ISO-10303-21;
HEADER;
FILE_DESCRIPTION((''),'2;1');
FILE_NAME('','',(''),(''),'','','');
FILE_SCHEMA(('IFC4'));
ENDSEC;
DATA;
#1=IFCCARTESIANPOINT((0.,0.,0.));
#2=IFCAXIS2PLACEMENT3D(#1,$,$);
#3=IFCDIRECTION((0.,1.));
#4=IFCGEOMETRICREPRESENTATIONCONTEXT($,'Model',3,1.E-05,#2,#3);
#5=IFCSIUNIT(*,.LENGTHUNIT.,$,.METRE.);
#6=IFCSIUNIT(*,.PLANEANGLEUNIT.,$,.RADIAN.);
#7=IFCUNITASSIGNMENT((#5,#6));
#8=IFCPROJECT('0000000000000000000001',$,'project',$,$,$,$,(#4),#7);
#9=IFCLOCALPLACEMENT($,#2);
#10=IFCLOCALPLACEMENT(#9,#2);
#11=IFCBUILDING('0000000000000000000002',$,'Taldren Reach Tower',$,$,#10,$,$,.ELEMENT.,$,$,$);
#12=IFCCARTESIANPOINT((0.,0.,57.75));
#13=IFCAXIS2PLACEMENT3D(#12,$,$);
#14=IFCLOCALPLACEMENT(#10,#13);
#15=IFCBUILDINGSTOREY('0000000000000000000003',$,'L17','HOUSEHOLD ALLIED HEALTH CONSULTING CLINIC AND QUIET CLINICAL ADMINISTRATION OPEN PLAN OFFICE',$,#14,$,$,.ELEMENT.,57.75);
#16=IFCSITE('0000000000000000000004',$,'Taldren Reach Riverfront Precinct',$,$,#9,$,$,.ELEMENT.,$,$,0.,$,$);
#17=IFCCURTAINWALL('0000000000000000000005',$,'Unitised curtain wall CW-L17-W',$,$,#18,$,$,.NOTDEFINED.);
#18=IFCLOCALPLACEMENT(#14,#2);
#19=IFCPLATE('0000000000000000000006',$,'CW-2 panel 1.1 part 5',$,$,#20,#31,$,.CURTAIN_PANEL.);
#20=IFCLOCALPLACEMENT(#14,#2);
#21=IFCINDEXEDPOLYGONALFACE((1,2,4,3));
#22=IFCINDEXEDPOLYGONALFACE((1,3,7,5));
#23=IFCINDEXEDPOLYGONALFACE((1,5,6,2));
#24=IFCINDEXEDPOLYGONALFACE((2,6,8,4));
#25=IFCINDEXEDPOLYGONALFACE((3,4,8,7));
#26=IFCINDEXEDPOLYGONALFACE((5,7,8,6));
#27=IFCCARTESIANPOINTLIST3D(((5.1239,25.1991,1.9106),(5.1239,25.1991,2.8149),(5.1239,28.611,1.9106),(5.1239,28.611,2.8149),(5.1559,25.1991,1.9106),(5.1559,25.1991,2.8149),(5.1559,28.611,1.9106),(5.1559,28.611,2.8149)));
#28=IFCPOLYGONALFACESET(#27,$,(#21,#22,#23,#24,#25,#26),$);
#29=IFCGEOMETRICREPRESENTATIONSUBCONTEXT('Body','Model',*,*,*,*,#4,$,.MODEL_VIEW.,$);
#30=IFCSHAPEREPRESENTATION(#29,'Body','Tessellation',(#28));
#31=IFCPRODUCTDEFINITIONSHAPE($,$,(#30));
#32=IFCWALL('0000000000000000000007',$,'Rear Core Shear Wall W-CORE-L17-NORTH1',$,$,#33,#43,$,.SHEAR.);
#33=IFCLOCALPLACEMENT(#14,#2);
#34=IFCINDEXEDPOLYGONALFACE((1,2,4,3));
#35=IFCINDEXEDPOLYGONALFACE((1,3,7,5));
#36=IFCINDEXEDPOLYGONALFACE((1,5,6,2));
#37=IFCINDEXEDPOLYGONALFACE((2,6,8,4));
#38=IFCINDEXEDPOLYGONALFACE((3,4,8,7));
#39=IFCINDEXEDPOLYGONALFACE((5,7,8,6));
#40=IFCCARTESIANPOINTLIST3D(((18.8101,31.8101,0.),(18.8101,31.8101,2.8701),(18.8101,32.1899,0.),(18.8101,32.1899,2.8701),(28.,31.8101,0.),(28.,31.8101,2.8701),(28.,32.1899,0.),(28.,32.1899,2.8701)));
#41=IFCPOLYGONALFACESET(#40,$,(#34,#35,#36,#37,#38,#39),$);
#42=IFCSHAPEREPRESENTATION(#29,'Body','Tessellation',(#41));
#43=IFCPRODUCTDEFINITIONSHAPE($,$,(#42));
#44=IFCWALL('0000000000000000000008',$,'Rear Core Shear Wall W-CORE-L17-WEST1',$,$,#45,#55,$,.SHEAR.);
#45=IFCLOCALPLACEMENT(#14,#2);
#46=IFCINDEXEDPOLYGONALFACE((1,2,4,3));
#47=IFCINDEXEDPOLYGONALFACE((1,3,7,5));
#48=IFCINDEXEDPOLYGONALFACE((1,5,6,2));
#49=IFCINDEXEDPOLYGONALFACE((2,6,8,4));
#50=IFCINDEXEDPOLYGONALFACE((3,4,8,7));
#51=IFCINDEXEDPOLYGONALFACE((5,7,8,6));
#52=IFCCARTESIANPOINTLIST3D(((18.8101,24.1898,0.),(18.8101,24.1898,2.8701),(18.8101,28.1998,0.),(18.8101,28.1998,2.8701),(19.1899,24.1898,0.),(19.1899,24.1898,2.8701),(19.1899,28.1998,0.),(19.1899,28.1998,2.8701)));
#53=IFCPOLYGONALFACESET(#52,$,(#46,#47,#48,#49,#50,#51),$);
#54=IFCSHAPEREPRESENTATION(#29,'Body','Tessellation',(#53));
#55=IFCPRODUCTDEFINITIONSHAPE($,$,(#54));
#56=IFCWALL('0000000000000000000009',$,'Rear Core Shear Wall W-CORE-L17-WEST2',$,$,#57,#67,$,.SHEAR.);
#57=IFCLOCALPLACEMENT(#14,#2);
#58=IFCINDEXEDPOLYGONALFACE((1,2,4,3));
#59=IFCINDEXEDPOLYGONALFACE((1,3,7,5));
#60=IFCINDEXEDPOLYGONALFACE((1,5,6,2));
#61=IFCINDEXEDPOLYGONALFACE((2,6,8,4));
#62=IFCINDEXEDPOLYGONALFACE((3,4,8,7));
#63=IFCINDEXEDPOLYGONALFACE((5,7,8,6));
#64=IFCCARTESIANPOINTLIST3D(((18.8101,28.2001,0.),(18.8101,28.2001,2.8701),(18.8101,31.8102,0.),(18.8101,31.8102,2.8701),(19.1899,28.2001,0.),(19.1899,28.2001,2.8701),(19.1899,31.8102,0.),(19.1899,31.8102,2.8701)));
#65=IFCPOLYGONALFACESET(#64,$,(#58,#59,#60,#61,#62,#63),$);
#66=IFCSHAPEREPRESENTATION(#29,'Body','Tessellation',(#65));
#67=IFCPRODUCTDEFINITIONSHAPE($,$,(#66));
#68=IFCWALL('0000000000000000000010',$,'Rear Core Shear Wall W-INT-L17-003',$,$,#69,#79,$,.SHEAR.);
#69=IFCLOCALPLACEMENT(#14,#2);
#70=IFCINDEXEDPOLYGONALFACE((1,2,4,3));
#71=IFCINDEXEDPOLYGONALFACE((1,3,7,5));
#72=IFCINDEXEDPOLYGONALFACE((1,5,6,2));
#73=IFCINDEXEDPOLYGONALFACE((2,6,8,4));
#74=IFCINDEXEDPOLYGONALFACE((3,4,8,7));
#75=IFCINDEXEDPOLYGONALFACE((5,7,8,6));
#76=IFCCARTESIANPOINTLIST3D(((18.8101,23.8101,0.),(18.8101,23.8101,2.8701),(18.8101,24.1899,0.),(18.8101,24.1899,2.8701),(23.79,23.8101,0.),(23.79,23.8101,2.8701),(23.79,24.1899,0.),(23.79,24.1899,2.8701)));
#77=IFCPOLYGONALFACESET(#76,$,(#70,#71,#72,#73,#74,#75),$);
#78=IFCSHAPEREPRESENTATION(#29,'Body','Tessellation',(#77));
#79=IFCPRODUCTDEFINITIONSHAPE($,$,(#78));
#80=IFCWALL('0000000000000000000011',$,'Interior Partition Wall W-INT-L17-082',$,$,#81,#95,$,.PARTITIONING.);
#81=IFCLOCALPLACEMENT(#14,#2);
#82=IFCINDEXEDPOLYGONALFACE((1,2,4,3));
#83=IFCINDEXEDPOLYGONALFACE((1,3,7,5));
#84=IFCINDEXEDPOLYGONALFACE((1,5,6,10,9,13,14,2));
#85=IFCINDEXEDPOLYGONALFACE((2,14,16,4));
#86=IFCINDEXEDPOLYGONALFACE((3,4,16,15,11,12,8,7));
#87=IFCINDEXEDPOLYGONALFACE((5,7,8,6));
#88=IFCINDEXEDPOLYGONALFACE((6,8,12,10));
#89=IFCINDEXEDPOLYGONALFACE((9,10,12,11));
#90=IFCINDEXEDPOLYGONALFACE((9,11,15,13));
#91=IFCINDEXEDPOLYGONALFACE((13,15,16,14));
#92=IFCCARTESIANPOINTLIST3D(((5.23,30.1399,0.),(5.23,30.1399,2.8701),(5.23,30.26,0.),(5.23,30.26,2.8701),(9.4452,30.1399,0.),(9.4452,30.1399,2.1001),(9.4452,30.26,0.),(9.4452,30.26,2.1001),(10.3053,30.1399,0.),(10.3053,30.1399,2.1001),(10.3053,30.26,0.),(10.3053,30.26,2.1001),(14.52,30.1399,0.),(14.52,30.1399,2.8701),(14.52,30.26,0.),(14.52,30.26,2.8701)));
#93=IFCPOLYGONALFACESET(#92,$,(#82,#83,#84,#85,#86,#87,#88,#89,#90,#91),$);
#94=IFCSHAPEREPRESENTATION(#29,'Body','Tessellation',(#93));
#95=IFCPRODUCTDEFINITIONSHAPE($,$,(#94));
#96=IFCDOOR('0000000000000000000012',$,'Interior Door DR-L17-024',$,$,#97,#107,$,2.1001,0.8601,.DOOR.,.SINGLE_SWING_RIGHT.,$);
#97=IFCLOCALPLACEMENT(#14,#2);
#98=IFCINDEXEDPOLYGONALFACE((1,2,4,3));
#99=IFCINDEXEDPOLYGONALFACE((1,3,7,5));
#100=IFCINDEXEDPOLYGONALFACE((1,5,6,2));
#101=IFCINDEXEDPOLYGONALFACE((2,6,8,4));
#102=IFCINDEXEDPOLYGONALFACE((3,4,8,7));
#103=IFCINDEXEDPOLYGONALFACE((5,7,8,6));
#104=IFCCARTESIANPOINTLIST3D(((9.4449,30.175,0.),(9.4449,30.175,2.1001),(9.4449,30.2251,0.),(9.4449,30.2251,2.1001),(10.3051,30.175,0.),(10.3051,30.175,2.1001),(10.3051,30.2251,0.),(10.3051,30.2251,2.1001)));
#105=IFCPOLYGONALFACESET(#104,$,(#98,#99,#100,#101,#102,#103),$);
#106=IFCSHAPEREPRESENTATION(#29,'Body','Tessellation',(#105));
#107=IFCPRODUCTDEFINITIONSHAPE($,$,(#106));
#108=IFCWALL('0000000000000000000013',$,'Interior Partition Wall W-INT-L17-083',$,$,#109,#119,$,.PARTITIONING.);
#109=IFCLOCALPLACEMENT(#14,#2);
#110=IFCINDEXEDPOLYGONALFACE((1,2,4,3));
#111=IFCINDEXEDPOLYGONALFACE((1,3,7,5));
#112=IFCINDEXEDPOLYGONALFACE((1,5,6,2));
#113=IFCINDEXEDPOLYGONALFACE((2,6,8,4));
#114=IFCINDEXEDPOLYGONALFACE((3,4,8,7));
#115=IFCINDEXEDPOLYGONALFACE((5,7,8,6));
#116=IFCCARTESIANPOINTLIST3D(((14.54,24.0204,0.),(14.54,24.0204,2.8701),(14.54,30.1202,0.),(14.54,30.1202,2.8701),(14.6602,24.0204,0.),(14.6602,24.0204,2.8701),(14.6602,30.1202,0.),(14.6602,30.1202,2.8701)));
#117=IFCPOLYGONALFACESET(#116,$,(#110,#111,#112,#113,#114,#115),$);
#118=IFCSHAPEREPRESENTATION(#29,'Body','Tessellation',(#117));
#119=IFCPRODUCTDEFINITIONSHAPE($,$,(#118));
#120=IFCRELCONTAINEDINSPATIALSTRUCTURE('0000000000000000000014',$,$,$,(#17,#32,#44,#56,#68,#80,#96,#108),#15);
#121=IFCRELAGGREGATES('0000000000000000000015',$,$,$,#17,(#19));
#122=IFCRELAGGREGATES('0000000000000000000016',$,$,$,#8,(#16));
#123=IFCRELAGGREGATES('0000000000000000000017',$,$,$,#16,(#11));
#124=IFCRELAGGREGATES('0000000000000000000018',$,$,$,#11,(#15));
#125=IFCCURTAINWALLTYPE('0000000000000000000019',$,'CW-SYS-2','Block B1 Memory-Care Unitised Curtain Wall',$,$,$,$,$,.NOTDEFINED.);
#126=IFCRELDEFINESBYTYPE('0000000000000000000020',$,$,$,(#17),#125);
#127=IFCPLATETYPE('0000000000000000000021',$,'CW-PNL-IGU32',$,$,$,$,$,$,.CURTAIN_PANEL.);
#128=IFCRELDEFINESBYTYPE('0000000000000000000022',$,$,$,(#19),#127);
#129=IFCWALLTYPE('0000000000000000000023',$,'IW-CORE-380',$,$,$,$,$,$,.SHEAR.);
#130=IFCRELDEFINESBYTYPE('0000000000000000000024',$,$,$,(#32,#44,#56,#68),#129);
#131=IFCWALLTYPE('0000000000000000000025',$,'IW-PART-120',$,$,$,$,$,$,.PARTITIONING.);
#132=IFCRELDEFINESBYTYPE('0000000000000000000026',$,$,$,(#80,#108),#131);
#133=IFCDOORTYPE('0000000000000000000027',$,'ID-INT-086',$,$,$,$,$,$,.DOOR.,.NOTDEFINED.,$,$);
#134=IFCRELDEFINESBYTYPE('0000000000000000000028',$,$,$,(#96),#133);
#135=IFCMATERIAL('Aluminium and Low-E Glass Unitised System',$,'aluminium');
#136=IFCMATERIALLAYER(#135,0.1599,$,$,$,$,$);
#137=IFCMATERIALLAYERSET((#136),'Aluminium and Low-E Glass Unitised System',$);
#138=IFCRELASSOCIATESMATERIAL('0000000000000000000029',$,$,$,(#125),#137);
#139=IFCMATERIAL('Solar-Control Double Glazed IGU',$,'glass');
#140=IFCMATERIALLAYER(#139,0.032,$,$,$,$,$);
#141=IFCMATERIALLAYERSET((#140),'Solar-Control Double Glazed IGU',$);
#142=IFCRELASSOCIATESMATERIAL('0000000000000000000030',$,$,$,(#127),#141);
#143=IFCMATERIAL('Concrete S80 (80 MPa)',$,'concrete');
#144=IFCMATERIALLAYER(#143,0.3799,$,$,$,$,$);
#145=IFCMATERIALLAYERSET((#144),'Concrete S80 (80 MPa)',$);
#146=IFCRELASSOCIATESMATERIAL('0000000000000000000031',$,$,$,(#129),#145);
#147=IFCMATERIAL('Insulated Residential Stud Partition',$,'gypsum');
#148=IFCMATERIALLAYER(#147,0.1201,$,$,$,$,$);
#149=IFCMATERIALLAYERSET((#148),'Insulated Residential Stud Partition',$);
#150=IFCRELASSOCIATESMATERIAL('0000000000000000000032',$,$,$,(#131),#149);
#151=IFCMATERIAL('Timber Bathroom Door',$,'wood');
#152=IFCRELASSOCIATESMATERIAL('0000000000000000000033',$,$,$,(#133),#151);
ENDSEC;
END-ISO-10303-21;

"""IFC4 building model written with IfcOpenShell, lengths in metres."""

from ifc_helpers import new_model, si_unit, direction, frame, frame_2d, origin, origin_2d, place, context, subcontext, project, spatial, rectangle, extrude, source, transform, mapped, material, layer, layer_set, type_object, element, fill, aggregate, save


model = new_model("IFC4")

# Units and contexts
model_context = context("Model", 3, precision=1e-05, world=origin(), true_north=direction((0.0, 1.0)))
body_context = subcontext(model_context, "Body", "Model", "MODEL_VIEW")
ifc_project = project(units=[si_unit("LENGTHUNIT", "METRE"), si_unit("PLANEANGLEUNIT", "RADIAN")], contexts=[model_context])

# Site, building, storey
site_placement = place(None, origin())
site = spatial("IfcSite", under=ifc_project, at=site_placement, Name="Taldren Reach Riverfront Precinct", CompositionType="ELEMENT", RefElevation=0.0)
building_placement = place(site_placement, origin())
building = spatial("IfcBuilding", under=site, at=building_placement, Name="Taldren Reach Tower", CompositionType="ELEMENT")
storey_placement = place(building_placement, frame((0.0, 0.0, 57.75)))
storey = spatial("IfcBuildingStorey", under=building, at=storey_placement, Name="L17", Description="HOUSEHOLD ALLIED HEALTH CONSULTING CLINIC AND QUIET CLINICAL ADMINISTRATION OPEN PLAN OFFICE", CompositionType="ELEMENT", Elevation=57.75)

# Curtain wall
ifc_material_1 = material(Name="Aluminium and Low-E Glass Unitised System", Category="aluminium")
ifc_layer_1 = layer(ifc_material_1, 0.1599)
ifc_layer_set_1 = layer_set([ifc_layer_1], Name="Aluminium and Low-E Glass Unitised System")
curtain_wall_type = type_object("IfcCurtainWallType", Name="CW-SYS-2", Description="Block B1 Memory-Care Unitised Curtain Wall", PredefinedType="NOTDEFINED", material=ifc_layer_set_1)
curtain_wall_placement = place(storey_placement, origin())
curtain_wall = element("IfcCurtainWall", 1, at=curtain_wall_placement, inside=storey, type_object=curtain_wall_type, Name="Unitised curtain wall CW-L17-W", PredefinedType="NOTDEFINED")

# Plate
ifc_material_2 = material(Name="Solar-Control Double Glazed IGU", Category="glass")
ifc_layer_2 = layer(ifc_material_2, 0.032)
ifc_layer_set_2 = layer_set([ifc_layer_2], Name="Solar-Control Double Glazed IGU")
plate_type_1 = type_object("IfcPlateType", Name="CW-PNL-IGU32", PredefinedType="CURTAIN_PANEL", material=ifc_layer_set_2)
shared_shape_1 = source(origin(), body_context, "Body", "SweptSolid", [
    extrude(rectangle(XDim=3.4119, YDim=0.032, at=origin_2d()), origin(), (0.0, 0.0, 1.0), 0.9043),
])
plate_1_placement = place(storey_placement, frame((5.1399, 26.905, 1.9106), z_axis=(0.0, 0.0, 1.0), x_axis=(0.0, -1.0, 0.0)))
plate_1 = element("IfcPlate", 2, at=plate_1_placement, type_object=plate_type_1, Name="CW-2 panel 1.1 part 5", PredefinedType="CURTAIN_PANEL", context=body_context, shape_type="MappedRepresentation", body=[
    mapped(shared_shape_1, transform((0.0, 0.0, 0.0), scale=1.0)),
])
aggregate(curtain_wall, [plate_1])

# Walls
ifc_material_3 = material(Name="Concrete S80 (80 MPa)", Category="concrete")
ifc_layer_3 = layer(ifc_material_3, 0.3799)
ifc_layer_set_3 = layer_set([ifc_layer_3], Name="Concrete S80 (80 MPa)")
wall_type_1 = type_object("IfcWallType", Name="IW-CORE-380", PredefinedType="SHEAR", material=ifc_layer_set_3)
shared_shape_2 = source(origin(), body_context, "Body", "SweptSolid", [
    extrude(rectangle(XDim=9.1899, YDim=0.3799, at=frame_2d((4.595, 0.0))), origin(), (0.0, 0.0, 1.0), 2.8701),
])
wall_1_placement = place(storey_placement, frame((18.8101, 32.0, 0.0), z_axis=(0.0, 0.0, 1.0), x_axis=(1.0, 0.0, 0.0)))
element("IfcWall", 3, at=wall_1_placement, inside=storey, type_object=wall_type_1, Name="Rear Core Shear Wall W-CORE-L17-NORTH1", PredefinedType="SHEAR", context=body_context, shape_type="MappedRepresentation", body=[
    mapped(shared_shape_2, transform((0.0, 0.0, 0.0), scale=1.0)),
])
shared_shape_3 = source(origin(), body_context, "Body", "SweptSolid", [
    extrude(rectangle(XDim=4.01, YDim=0.3799, at=frame_2d((2.0049, 0.0))), origin(), (0.0, 0.0, 1.0), 2.8701),
])
wall_2_placement = place(storey_placement, frame((19.0, 24.1899, 0.0), z_axis=(0.0, 0.0, 1.0), x_axis=(0.0, 1.0, 0.0)))
element("IfcWall", 4, at=wall_2_placement, inside=storey, type_object=wall_type_1, Name="Rear Core Shear Wall W-CORE-L17-WEST1", PredefinedType="SHEAR", context=body_context, shape_type="MappedRepresentation", body=[
    mapped(shared_shape_3, transform((0.0, 0.0, 0.0), scale=1.0)),
])
shared_shape_4 = source(origin(), body_context, "Body", "SweptSolid", [
    extrude(rectangle(XDim=3.6101, YDim=0.3799, at=frame_2d((1.8052, 0.0))), origin(), (0.0, 0.0, 1.0), 2.8701),
])
wall_3_placement = place(storey_placement, frame((19.0, 28.2, 0.0), z_axis=(0.0, 0.0, 1.0), x_axis=(0.0, 1.0, 0.0)))
element("IfcWall", 5, at=wall_3_placement, inside=storey, type_object=wall_type_1, Name="Rear Core Shear Wall W-CORE-L17-WEST2", PredefinedType="SHEAR", context=body_context, shape_type="MappedRepresentation", body=[
    mapped(shared_shape_4, transform((0.0, 0.0, 0.0), scale=1.0)),
])
shared_shape_5 = source(origin(), body_context, "Body", "SweptSolid", [
    extrude(rectangle(XDim=4.98, YDim=0.3799, at=frame_2d((2.49, 0.0))), origin(), (0.0, 0.0, 1.0), 2.8701),
])
wall_4_placement = place(storey_placement, frame((18.8101, 24.0, 0.0), z_axis=(0.0, 0.0, 1.0), x_axis=(1.0, 0.0, 0.0)))
element("IfcWall", 6, at=wall_4_placement, inside=storey, type_object=wall_type_1, Name="Rear Core Shear Wall W-INT-L17-003", PredefinedType="SHEAR", context=body_context, shape_type="MappedRepresentation", body=[
    mapped(shared_shape_5, transform((0.0, 0.0, 0.0), scale=1.0)),
])

# Wall, opening, door
ifc_material_4 = material(Name="Insulated Residential Stud Partition", Category="gypsum")
ifc_layer_4 = layer(ifc_material_4, 0.1201)
ifc_layer_set_4 = layer_set([ifc_layer_4], Name="Insulated Residential Stud Partition")
wall_type_2 = type_object("IfcWallType", Name="IW-PART-120", PredefinedType="PARTITIONING", material=ifc_layer_set_4)
shared_shape_6 = source(origin(), body_context, "Body", "SweptSolid", [
    extrude(rectangle(XDim=9.29, YDim=0.1201, at=frame_2d((4.645, 0.0))), origin(), (0.0, 0.0, 1.0), 2.8701),
])
wall_5_placement = place(storey_placement, frame((5.23, 30.2, 0.0), z_axis=(0.0, 0.0, 1.0), x_axis=(1.0, 0.0, 0.0)))
wall_5 = element("IfcWall", 7, at=wall_5_placement, inside=storey, type_object=wall_type_2, Name="Interior Partition Wall W-INT-L17-082", PredefinedType="PARTITIONING", context=body_context, shape_type="MappedRepresentation", body=[
    mapped(shared_shape_6, transform((0.0, 0.0, 0.0), scale=1.0)),
])
shared_shape_7 = source(origin(), body_context, "Body", "SweptSolid", [
    extrude(rectangle(XDim=0.8601, YDim=2.1001, at=frame_2d((0.4302, 1.05))), frame((0.0, 0.0701, 0.0), z_axis=(0.0, -1.0, 0.0), x_axis=(1.0, 0.0, 0.0)), (0.0, 0.0, 1.0), 0.1401),
])
opening_placement = place(wall_5_placement, frame((4.2151, 0.0, 0.0)))
opening = element("IfcOpeningElement", 8, at=opening_placement, cuts=wall_5, PredefinedType="OPENING", context=body_context, shape_type="MappedRepresentation", body=[
    mapped(shared_shape_7, transform((0.0, 0.0, 0.0), scale=1.0)),
])
ifc_material_5 = material(Name="Timber Bathroom Door", Category="wood")
door_type = type_object("IfcDoorType", Name="ID-INT-086", OperationType="NOTDEFINED", PredefinedType="DOOR", material=ifc_material_5)
shared_shape_8 = source(origin(), body_context, "Body", "SweptSolid", [
    extrude(rectangle(XDim=0.8601, YDim=2.1001, at=frame_2d((0.4302, 1.05))), frame((0.0, 0.0249, 0.0), z_axis=(0.0, -1.0, 0.0), x_axis=(1.0, 0.0, 0.0)), (0.0, 0.0, 1.0), 0.05),
])
door_placement = place(opening_placement, frame((0.8601, 0.0, 0.0), z_axis=(0.0, 0.0, 1.0), x_axis=(-1.0, 0.0, 0.0)))
door = element("IfcDoor", 9, at=door_placement, inside=storey, type_object=door_type, Name="Interior Door DR-L17-024", OperationType="SINGLE_SWING_RIGHT", OverallHeight=2.1001, OverallWidth=0.8601, PredefinedType="DOOR", context=body_context, shape_type="MappedRepresentation", body=[
    mapped(shared_shape_8, transform((0.0, 0.0, 0.0), scale=1.0)),
])
fill(opening, door)

# Wall
shared_shape_9 = source(origin(), body_context, "Body", "SweptSolid", [
    extrude(rectangle(XDim=6.0999, YDim=0.1201, at=frame_2d((3.0498, 0.0))), origin(), (0.0, 0.0, 1.0), 2.8701),
])
wall_6_placement = place(storey_placement, frame((14.6001, 30.1201, 0.0), z_axis=(0.0, 0.0, 1.0), x_axis=(0.0, -1.0, 0.0)))
element("IfcWall", 10, at=wall_6_placement, inside=storey, type_object=wall_type_2, Name="Interior Partition Wall W-INT-L17-083", PredefinedType="PARTITIONING", context=body_context, shape_type="MappedRepresentation", body=[
    mapped(shared_shape_9, transform((0.0, 0.0, 0.0), scale=1.0)),
])

save(model, "model.ifc")
